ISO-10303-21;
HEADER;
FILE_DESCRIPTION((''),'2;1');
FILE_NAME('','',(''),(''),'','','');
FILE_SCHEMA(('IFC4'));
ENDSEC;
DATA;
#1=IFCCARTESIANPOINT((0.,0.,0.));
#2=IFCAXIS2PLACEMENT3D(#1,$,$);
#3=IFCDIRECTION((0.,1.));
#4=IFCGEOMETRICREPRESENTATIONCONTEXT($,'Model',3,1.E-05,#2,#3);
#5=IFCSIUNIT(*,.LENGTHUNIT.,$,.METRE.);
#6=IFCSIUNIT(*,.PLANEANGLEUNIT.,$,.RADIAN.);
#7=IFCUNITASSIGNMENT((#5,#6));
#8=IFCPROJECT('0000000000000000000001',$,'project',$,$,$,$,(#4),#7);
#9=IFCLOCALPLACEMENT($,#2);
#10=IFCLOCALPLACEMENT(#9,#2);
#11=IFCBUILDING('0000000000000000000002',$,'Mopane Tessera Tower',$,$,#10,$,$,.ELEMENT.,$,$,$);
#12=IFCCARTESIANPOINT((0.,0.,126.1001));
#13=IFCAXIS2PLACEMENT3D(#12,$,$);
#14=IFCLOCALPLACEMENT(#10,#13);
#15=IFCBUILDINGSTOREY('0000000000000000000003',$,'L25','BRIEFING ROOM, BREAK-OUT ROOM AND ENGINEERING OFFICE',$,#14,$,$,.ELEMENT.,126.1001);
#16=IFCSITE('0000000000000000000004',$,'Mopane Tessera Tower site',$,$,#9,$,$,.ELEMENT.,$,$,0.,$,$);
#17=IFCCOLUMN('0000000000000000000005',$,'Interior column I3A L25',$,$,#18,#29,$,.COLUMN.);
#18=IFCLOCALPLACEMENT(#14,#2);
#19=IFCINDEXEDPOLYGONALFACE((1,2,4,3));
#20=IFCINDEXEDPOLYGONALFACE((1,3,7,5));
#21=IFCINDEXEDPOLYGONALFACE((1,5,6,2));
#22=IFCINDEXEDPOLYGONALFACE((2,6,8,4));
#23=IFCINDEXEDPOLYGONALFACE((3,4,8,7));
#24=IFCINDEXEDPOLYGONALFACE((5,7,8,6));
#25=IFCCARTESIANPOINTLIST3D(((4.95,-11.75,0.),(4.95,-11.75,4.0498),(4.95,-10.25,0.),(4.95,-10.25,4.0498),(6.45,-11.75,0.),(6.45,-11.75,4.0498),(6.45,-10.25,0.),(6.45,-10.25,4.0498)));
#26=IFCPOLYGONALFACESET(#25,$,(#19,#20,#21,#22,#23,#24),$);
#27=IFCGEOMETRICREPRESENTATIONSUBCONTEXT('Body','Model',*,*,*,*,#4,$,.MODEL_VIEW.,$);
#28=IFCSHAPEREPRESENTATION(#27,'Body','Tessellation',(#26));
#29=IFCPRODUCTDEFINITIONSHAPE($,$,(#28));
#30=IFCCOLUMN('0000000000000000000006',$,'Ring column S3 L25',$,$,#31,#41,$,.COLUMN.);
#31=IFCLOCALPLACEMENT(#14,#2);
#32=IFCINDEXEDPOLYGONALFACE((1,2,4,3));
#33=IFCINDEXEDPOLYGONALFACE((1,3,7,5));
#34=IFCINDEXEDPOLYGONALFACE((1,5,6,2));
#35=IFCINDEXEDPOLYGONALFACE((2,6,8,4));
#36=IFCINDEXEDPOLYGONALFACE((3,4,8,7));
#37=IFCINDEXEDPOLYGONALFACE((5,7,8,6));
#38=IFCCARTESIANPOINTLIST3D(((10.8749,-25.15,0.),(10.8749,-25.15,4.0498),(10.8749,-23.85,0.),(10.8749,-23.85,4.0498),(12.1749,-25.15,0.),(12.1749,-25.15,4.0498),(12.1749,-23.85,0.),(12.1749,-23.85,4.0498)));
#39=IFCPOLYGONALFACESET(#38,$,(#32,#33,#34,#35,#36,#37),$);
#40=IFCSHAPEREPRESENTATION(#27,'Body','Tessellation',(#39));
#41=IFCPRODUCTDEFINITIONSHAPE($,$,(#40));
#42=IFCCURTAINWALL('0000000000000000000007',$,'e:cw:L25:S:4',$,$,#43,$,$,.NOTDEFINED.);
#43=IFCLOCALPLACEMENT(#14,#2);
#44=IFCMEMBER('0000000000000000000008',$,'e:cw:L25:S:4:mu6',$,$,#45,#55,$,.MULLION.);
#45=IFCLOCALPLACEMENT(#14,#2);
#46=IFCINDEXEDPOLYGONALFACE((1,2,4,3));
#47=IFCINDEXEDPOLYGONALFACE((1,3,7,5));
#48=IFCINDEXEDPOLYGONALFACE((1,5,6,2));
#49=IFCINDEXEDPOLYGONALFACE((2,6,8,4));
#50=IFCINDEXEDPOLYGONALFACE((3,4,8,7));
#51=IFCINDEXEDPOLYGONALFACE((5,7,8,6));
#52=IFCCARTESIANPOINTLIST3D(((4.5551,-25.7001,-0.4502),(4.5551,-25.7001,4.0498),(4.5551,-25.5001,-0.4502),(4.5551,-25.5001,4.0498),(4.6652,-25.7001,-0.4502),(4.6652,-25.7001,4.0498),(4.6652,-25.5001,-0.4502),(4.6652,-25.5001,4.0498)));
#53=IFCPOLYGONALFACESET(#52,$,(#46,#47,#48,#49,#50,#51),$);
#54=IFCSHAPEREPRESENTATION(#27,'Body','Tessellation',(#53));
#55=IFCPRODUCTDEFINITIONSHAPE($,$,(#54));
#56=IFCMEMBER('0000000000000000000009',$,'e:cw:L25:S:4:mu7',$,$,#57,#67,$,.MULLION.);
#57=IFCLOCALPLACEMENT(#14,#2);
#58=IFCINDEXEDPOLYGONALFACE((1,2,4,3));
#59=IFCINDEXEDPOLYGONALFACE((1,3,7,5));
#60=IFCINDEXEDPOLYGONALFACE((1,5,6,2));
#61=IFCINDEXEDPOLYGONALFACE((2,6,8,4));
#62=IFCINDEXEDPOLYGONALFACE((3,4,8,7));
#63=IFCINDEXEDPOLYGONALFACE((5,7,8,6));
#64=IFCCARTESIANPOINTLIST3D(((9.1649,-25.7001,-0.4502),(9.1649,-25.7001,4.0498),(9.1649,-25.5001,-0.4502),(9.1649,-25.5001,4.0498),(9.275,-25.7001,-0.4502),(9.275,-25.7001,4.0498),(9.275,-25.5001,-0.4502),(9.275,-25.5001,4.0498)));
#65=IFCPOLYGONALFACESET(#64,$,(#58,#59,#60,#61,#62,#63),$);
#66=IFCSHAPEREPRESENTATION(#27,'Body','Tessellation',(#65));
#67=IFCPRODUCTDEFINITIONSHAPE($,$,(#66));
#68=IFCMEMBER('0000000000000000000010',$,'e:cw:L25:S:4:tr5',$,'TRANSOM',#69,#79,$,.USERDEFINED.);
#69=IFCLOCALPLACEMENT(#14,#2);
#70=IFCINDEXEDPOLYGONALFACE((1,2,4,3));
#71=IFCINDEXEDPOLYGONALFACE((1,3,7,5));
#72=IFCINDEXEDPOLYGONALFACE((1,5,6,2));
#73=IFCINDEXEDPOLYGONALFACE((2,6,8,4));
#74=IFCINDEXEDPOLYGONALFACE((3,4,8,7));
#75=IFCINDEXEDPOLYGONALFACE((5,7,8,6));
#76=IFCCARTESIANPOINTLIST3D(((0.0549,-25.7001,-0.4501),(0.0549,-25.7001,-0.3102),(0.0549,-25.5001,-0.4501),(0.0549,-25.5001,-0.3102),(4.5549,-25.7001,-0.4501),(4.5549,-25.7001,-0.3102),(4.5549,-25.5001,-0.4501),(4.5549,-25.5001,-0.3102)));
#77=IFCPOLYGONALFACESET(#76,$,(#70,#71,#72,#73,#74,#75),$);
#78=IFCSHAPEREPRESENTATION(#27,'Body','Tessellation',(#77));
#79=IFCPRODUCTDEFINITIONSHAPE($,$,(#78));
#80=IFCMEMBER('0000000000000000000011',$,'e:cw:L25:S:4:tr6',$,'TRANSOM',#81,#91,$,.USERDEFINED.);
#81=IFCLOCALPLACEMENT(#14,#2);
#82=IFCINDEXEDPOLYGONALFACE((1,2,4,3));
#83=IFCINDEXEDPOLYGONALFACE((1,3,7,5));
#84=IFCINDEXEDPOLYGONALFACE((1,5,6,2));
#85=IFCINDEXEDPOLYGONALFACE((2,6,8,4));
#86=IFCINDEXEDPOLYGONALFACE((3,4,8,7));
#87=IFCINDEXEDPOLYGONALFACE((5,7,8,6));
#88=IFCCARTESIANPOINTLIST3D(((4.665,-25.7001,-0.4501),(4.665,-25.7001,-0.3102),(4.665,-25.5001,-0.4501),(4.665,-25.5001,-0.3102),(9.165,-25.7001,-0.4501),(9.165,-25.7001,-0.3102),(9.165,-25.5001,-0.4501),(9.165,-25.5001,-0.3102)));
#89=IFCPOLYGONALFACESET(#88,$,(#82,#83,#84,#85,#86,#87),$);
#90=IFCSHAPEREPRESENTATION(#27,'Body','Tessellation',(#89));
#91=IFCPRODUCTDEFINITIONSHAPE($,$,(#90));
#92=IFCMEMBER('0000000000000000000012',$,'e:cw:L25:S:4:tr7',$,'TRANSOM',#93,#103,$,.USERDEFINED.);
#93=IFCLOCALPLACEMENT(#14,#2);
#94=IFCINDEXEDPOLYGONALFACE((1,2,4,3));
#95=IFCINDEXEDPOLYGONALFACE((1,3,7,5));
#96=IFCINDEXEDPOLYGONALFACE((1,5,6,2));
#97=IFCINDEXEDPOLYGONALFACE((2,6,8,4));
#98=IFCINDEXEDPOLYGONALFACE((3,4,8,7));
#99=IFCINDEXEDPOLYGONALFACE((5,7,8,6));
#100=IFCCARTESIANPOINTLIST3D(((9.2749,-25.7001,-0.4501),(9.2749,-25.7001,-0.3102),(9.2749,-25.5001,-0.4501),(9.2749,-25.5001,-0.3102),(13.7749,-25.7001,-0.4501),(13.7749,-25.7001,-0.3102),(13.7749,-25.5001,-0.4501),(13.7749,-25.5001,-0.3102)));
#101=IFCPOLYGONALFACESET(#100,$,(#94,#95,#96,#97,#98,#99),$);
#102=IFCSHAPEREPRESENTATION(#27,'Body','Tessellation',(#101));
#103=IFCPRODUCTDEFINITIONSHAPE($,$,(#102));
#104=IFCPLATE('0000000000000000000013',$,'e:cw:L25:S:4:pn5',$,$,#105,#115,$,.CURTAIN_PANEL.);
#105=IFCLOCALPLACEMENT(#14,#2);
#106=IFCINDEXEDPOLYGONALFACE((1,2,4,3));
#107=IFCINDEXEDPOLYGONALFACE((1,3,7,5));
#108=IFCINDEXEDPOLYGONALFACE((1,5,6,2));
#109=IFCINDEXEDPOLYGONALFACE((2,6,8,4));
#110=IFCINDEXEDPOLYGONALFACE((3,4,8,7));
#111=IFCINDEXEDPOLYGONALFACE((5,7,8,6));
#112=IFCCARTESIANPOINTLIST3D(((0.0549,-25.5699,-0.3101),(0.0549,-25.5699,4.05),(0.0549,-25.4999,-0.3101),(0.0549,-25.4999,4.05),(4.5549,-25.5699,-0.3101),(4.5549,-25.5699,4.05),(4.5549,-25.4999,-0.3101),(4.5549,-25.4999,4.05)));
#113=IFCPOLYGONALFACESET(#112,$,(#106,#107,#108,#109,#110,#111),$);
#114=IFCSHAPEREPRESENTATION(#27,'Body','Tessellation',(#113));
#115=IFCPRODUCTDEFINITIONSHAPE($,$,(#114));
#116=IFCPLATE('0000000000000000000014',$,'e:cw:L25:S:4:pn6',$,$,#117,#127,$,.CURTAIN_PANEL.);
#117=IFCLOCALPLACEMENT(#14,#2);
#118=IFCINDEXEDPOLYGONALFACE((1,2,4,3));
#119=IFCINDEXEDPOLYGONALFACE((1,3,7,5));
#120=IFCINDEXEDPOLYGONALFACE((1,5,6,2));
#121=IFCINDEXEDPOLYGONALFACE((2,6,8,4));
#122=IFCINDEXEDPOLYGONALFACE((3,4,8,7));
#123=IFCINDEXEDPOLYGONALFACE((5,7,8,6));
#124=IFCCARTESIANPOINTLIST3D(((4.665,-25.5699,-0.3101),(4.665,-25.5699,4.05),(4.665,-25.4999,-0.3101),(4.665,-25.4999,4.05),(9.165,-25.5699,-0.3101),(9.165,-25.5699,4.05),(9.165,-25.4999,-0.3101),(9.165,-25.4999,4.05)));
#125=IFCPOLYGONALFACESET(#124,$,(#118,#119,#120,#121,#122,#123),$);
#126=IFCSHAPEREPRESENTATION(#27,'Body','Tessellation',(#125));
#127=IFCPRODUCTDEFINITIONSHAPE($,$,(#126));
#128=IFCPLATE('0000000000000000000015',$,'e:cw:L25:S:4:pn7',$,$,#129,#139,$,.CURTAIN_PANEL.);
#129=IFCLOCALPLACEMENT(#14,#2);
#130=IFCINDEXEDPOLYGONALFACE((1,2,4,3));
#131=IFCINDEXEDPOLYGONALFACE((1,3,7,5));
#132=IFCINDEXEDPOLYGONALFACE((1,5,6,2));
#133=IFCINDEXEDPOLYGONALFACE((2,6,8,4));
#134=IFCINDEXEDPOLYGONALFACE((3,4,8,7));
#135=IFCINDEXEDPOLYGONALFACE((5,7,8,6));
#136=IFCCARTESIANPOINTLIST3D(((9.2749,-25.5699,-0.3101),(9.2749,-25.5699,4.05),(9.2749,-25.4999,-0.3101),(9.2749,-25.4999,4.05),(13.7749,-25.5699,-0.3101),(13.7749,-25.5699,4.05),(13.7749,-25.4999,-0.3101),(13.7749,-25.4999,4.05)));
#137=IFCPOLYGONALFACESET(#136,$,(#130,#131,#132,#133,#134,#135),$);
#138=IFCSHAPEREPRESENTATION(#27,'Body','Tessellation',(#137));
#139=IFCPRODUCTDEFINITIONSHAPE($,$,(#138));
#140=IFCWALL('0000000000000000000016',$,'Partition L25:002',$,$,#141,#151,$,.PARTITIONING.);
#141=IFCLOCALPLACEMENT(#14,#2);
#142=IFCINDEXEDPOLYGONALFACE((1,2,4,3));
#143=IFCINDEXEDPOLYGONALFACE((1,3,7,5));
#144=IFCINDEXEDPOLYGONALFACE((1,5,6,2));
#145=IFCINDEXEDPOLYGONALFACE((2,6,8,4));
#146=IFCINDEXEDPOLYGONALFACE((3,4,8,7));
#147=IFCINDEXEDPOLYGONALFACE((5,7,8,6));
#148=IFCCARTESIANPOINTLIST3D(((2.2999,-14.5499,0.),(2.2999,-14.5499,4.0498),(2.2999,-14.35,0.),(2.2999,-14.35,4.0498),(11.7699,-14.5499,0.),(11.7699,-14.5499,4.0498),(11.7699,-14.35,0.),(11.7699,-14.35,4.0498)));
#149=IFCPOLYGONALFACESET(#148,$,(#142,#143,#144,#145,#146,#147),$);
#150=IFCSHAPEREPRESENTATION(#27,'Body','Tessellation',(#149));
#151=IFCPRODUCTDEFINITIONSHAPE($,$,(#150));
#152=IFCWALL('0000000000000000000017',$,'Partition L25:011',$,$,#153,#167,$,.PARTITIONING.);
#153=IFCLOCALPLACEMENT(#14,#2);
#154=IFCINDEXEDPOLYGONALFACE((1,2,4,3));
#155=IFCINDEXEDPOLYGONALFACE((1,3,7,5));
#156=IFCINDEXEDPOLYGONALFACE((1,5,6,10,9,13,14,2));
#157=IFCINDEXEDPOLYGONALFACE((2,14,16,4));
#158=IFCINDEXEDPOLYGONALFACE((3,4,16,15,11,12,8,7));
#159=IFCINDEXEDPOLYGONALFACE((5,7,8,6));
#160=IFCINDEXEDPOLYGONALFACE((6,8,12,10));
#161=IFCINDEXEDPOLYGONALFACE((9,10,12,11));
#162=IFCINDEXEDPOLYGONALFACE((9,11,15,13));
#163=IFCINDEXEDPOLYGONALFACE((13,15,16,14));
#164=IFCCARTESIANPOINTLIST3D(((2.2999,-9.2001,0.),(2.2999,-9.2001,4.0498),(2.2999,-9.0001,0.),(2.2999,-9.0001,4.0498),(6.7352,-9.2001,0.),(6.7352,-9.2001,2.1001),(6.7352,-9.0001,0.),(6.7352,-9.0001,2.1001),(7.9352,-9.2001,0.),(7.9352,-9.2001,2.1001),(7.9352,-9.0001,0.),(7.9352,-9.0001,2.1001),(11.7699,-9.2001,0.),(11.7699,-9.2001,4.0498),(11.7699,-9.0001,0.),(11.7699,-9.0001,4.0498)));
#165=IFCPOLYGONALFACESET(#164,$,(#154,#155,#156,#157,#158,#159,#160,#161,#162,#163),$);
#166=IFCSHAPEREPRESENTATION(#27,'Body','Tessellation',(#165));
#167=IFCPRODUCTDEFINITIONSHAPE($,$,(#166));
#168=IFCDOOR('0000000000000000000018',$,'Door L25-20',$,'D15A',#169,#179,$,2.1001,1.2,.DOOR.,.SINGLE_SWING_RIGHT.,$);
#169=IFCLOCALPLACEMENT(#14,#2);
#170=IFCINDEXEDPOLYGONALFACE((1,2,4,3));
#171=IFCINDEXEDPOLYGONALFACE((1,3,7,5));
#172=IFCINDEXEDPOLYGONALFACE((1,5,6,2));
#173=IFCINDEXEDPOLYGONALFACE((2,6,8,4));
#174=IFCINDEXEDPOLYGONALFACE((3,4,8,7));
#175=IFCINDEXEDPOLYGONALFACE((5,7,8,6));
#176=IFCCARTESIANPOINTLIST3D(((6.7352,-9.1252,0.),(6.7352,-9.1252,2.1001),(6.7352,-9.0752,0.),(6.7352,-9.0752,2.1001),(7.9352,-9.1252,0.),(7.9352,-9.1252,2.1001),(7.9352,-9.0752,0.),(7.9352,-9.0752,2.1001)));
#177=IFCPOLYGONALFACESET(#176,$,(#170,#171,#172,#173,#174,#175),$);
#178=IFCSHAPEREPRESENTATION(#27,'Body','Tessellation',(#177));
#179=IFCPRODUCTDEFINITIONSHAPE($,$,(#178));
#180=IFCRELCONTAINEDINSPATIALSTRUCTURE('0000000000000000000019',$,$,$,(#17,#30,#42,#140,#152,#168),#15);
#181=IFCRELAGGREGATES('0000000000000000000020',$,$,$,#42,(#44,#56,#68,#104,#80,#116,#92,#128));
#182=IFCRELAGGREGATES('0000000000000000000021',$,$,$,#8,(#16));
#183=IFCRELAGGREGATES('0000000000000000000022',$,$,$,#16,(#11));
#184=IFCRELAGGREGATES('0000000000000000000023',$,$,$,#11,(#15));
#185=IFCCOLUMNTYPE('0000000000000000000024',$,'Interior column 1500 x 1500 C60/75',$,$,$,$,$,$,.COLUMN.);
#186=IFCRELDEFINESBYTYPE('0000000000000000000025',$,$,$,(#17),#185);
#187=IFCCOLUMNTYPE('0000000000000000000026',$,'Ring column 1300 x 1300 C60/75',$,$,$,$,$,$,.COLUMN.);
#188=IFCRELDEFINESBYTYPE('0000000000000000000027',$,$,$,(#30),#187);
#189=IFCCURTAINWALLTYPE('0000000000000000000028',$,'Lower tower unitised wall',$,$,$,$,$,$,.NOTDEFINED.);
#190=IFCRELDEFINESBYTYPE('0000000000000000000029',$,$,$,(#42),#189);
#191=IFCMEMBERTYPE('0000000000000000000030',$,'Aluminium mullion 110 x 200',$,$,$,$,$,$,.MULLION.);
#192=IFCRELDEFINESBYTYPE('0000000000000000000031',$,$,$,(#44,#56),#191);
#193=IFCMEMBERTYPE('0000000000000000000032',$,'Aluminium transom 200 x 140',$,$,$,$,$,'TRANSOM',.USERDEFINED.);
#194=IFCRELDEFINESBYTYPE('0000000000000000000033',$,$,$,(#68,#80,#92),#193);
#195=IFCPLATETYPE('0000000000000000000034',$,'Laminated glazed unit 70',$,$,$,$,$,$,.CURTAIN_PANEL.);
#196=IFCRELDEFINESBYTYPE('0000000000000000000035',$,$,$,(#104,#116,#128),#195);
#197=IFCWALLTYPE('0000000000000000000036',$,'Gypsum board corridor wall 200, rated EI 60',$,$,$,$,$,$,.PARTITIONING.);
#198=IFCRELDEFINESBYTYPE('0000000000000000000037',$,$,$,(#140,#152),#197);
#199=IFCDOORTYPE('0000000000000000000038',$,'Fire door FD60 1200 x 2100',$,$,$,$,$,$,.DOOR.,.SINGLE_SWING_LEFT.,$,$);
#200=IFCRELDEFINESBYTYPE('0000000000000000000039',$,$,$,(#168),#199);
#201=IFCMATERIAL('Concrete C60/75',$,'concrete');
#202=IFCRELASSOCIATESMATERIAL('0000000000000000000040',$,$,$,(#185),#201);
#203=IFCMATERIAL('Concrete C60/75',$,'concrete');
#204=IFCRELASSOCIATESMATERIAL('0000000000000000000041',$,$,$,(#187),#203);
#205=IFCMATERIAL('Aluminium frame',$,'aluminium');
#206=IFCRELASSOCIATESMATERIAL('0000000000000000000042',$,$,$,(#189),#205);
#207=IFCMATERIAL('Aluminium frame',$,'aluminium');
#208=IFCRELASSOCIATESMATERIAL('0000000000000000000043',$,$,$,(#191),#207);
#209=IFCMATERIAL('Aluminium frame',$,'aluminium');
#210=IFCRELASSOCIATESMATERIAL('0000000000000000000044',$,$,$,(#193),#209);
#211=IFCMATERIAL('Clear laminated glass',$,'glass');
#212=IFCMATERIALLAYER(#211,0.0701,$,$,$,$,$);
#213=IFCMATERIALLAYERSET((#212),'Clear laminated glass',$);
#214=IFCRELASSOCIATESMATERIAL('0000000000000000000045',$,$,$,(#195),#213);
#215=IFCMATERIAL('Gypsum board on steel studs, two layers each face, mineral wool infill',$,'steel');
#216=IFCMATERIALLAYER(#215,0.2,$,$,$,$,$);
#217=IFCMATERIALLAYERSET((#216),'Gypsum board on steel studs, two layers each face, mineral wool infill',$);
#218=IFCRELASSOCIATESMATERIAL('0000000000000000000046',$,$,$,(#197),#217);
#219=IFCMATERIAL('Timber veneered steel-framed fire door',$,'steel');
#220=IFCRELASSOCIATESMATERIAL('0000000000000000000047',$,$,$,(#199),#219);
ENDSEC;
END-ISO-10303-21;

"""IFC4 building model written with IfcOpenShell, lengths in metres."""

from ifc_helpers import new_model, si_unit, direction, frame, frame_2d, origin, origin_2d, place, context, subcontext, project, spatial, rectangle, extrude, material, layer, layer_set, material_profile, profile_set, type_object, element, fill, aggregate, save


model = new_model("IFC4")

# Units and contexts
model_context = context("Model", 3, precision=1e-05, world=origin(), true_north=direction((0.0, 1.0)))
body_context = subcontext(model_context, "Body", "Model", "MODEL_VIEW")
ifc_project = project(units=[si_unit("LENGTHUNIT", "METRE"), si_unit("PLANEANGLEUNIT", "RADIAN")], contexts=[model_context])

# Site, building, storey
site_placement = place(None, origin())
site = spatial("IfcSite", under=ifc_project, at=site_placement, Name="Mopane Tessera Tower site", CompositionType="ELEMENT", RefElevation=0.0)
building_placement = place(site_placement, origin())
building = spatial("IfcBuilding", under=site, at=building_placement, Name="Mopane Tessera Tower", CompositionType="ELEMENT")
storey_placement = place(building_placement, frame((0.0, 0.0, 126.1001)))
storey = spatial("IfcBuildingStorey", under=building, at=storey_placement, Name="L25", Description="BRIEFING ROOM, BREAK-OUT ROOM AND ENGINEERING OFFICE", CompositionType="ELEMENT", Elevation=126.1001)

# Columns
ifc_material_1 = material(Name="Concrete C60/75", Category="concrete")
ifc_material_profile_1 = material_profile(ifc_material_1, rectangle(XDim=1.5, YDim=1.5, at=origin_2d()))
ifc_profile_set_1 = profile_set([ifc_material_profile_1], Name="Concrete C60/75")
column_type_1 = type_object("IfcColumnType", Name="Interior column 1500 x 1500 C60/75", PredefinedType="COLUMN", material=ifc_profile_set_1)
column_1_placement = place(storey_placement, frame((5.7, -11.0, 0.0), z_axis=(0.0, 0.0, 1.0), x_axis=(1.0, 0.0, 0.0)))
element("IfcColumn", 1, at=column_1_placement, inside=storey, type_object=column_type_1, Name="Interior column I3A L25", PredefinedType="COLUMN", context=body_context, shape_type="SweptSolid", body=[
    extrude(rectangle(XDim=1.5, YDim=1.5, at=origin_2d()), origin(), (0.0, 0.0, 1.0), 4.0498),
])
ifc_material_2 = material(Name="Concrete C60/75", Category="concrete")
ifc_material_profile_2 = material_profile(ifc_material_2, rectangle(XDim=1.3, YDim=1.3, at=origin_2d()))
ifc_profile_set_2 = profile_set([ifc_material_profile_2], Name="Concrete C60/75")
column_type_2 = type_object("IfcColumnType", Name="Ring column 1300 x 1300 C60/75", PredefinedType="COLUMN", material=ifc_profile_set_2)
column_2_placement = place(storey_placement, frame((11.5249, -24.5, 0.0), z_axis=(0.0, 0.0, 1.0), x_axis=(1.0, 0.0, 0.0)))
element("IfcColumn", 2, at=column_2_placement, inside=storey, type_object=column_type_2, Name="Ring column S3 L25", PredefinedType="COLUMN", context=body_context, shape_type="SweptSolid", body=[
    extrude(rectangle(XDim=1.3, YDim=1.3, at=origin_2d()), origin(), (0.0, 0.0, 1.0), 4.0498),
])

# Curtain wall, members, plates
ifc_material_3 = material(Name="Aluminium frame", Category="aluminium")
curtain_wall_type = type_object("IfcCurtainWallType", Name="Lower tower unitised wall", PredefinedType="NOTDEFINED", material=ifc_material_3)
curtain_wall_placement = place(storey_placement, origin())
curtain_wall = element("IfcCurtainWall", 3, at=curtain_wall_placement, inside=storey, type_object=curtain_wall_type, Name="e:cw:L25:S:4", PredefinedType="NOTDEFINED")
ifc_material_4 = material(Name="Aluminium frame", Category="aluminium")
ifc_material_profile_3 = material_profile(ifc_material_4, rectangle(XDim=0.1101, YDim=0.2, at=origin_2d()))
ifc_profile_set_3 = profile_set([ifc_material_profile_3], Name="Aluminium frame")
member_type_1 = type_object("IfcMemberType", Name="Aluminium mullion 110 x 200", PredefinedType="MULLION", material=ifc_profile_set_3)
member_1_placement = place(storey_placement, frame((4.6101, -25.6001, -0.4502), z_axis=(0.0, 0.0, 1.0), x_axis=(1.0, 0.0, 0.0)))
member_1 = element("IfcMember", 4, at=member_1_placement, type_object=member_type_1, Name="e:cw:L25:S:4:mu6", PredefinedType="MULLION", context=body_context, shape_type="SweptSolid", body=[
    extrude(rectangle(XDim=0.1101, YDim=0.2, at=origin_2d()), origin(), (0.0, 0.0, 1.0), 4.5),
])
member_2_placement = place(storey_placement, frame((9.22, -25.6001, -0.4502), z_axis=(0.0, 0.0, 1.0), x_axis=(1.0, 0.0, 0.0)))
member_2 = element("IfcMember", 5, at=member_2_placement, type_object=member_type_1, Name="e:cw:L25:S:4:mu7", PredefinedType="MULLION", context=body_context, shape_type="SweptSolid", body=[
    extrude(rectangle(XDim=0.1101, YDim=0.2, at=origin_2d()), origin(), (0.0, 0.0, 1.0), 4.5),
])
ifc_material_5 = material(Name="Aluminium frame", Category="aluminium")
ifc_material_profile_4 = material_profile(ifc_material_5, rectangle(XDim=0.2, YDim=0.1399, at=origin_2d()))
ifc_profile_set_4 = profile_set([ifc_material_profile_4], Name="Aluminium frame")
member_type_2 = type_object("IfcMemberType", Name="Aluminium transom 200 x 140", ElementType="TRANSOM", PredefinedType="USERDEFINED", material=ifc_profile_set_4)
member_3_placement = place(storey_placement, frame((0.0549, -25.6001, -0.3801), z_axis=(1.0, 0.0, 0.0), x_axis=(0.0, 1.0, 0.0)))
member_3 = element("IfcMember", 6, at=member_3_placement, type_object=member_type_2, Name="e:cw:L25:S:4:tr5", ObjectType="TRANSOM", PredefinedType="USERDEFINED", context=body_context, shape_type="SweptSolid", body=[
    extrude(rectangle(XDim=0.2, YDim=0.1399, at=origin_2d()), origin(), (0.0, 0.0, 1.0), 4.5),
])
member_4_placement = place(storey_placement, frame((4.665, -25.6001, -0.3801), z_axis=(1.0, 0.0, 0.0), x_axis=(0.0, 1.0, 0.0)))
member_4 = element("IfcMember", 7, at=member_4_placement, type_object=member_type_2, Name="e:cw:L25:S:4:tr6", ObjectType="TRANSOM", PredefinedType="USERDEFINED", context=body_context, shape_type="SweptSolid", body=[
    extrude(rectangle(XDim=0.2, YDim=0.1399, at=origin_2d()), origin(), (0.0, 0.0, 1.0), 4.5),
])
member_5_placement = place(storey_placement, frame((9.2749, -25.6001, -0.3801), z_axis=(1.0, 0.0, 0.0), x_axis=(0.0, 1.0, 0.0)))
member_5 = element("IfcMember", 8, at=member_5_placement, type_object=member_type_2, Name="e:cw:L25:S:4:tr7", ObjectType="TRANSOM", PredefinedType="USERDEFINED", context=body_context, shape_type="SweptSolid", body=[
    extrude(rectangle(XDim=0.2, YDim=0.1399, at=origin_2d()), origin(), (0.0, 0.0, 1.0), 4.5),
])
ifc_material_6 = material(Name="Clear laminated glass", Category="glass")
ifc_layer_1 = layer(ifc_material_6, 0.0701)
ifc_layer_set_1 = layer_set([ifc_layer_1], Name="Clear laminated glass")
plate_type = type_object("IfcPlateType", Name="Laminated glazed unit 70", PredefinedType="CURTAIN_PANEL", material=ifc_layer_set_1)
plate_1_placement = place(storey_placement, frame((2.3049, -25.5349, -0.3101), z_axis=(0.0, 0.0, 1.0), x_axis=(1.0, 0.0, 0.0)))
plate_1 = element("IfcPlate", 9, at=plate_1_placement, type_object=plate_type, Name="e:cw:L25:S:4:pn5", PredefinedType="CURTAIN_PANEL", context=body_context, shape_type="SweptSolid", body=[
    extrude(rectangle(XDim=4.5, YDim=0.0701, at=origin_2d()), origin(), (0.0, 0.0, 1.0), 4.3601),
])
plate_2_placement = place(storey_placement, frame((6.915, -25.5349, -0.3101), z_axis=(0.0, 0.0, 1.0), x_axis=(1.0, 0.0, 0.0)))
plate_2 = element("IfcPlate", 10, at=plate_2_placement, type_object=plate_type, Name="e:cw:L25:S:4:pn6", PredefinedType="CURTAIN_PANEL", context=body_context, shape_type="SweptSolid", body=[
    extrude(rectangle(XDim=4.5, YDim=0.0701, at=origin_2d()), origin(), (0.0, 0.0, 1.0), 4.3601),
])
plate_3_placement = place(storey_placement, frame((11.5249, -25.5349, -0.3101), z_axis=(0.0, 0.0, 1.0), x_axis=(1.0, 0.0, 0.0)))
plate_3 = element("IfcPlate", 11, at=plate_3_placement, type_object=plate_type, Name="e:cw:L25:S:4:pn7", PredefinedType="CURTAIN_PANEL", context=body_context, shape_type="SweptSolid", body=[
    extrude(rectangle(XDim=4.5, YDim=0.0701, at=origin_2d()), origin(), (0.0, 0.0, 1.0), 4.3601),
])
aggregate(curtain_wall, [member_1, member_2, member_3, plate_1, member_4, plate_2, member_5, plate_3])

# Wall
ifc_material_7 = material(Name="Gypsum board on steel studs, two layers each face, mineral wool infill", Category="steel")
ifc_layer_2 = layer(ifc_material_7, 0.2)
ifc_layer_set_2 = layer_set([ifc_layer_2], Name="Gypsum board on steel studs, two layers each face, mineral wool infill")
wall_type_1 = type_object("IfcWallType", Name="Gypsum board corridor wall 200, rated EI 60", PredefinedType="PARTITIONING", material=ifc_layer_set_2)
wall_1_placement = place(storey_placement, frame((2.3, -14.45, 0.0), z_axis=(0.0, 0.0, 1.0), x_axis=(1.0, 0.0, 0.0)))
element("IfcWall", 12, at=wall_1_placement, inside=storey, type_object=wall_type_1, Name="Partition L25:002", PredefinedType="PARTITIONING", context=body_context, shape_type="SweptSolid", body=[
    extrude(rectangle(XDim=9.47, YDim=0.2, at=frame_2d((4.7349, 0.0))), origin(), (0.0, 0.0, 1.0), 4.0498),
])

# Wall, opening, door
wall_2_placement = place(storey_placement, frame((2.3, -9.1001, 0.0), z_axis=(0.0, 0.0, 1.0), x_axis=(1.0, 0.0, 0.0)))
wall_2 = element("IfcWall", 13, at=wall_2_placement, inside=storey, type_object=wall_type_1, Name="Partition L25:011", PredefinedType="PARTITIONING", context=body_context, shape_type="SweptSolid", body=[
    extrude(rectangle(XDim=9.47, YDim=0.2, at=frame_2d((4.7349, 0.0))), origin(), (0.0, 0.0, 1.0), 4.0498),
])
opening_1_placement = place(wall_2_placement, frame((4.4351, 0.0, 0.0)))
opening_1 = element("IfcOpeningElement", 14, at=opening_1_placement, cuts=wall_2, PredefinedType="OPENING", context=body_context, shape_type="SweptSolid", body=[
    extrude(rectangle(XDim=1.2, YDim=2.1001, at=frame_2d((0.6001, 1.05))), frame((0.0, 0.1121, 0.0), z_axis=(0.0, -1.0, 0.0), x_axis=(1.0, 0.0, 0.0)), (0.0, 0.0, 1.0), 0.2239),
])
ifc_material_8 = material(Name="Timber veneered steel-framed fire door", Category="steel")
door_type_1 = type_object("IfcDoorType", Name="Fire door FD60 1200 x 2100", OperationType="SINGLE_SWING_LEFT", PredefinedType="DOOR", material=ifc_material_8)
door_1_placement = place(opening_1_placement, origin())
door_1 = element("IfcDoor", 15, at=door_1_placement, inside=storey, type_object=door_type_1, Name="Door L25-20", ObjectType="D15A", OperationType="SINGLE_SWING_RIGHT", OverallHeight=2.1001, OverallWidth=1.2, PredefinedType="DOOR", context=body_context, shape_type="SweptSolid", body=[
    extrude(rectangle(XDim=1.2, YDim=2.1001, at=frame_2d((0.6001, 1.05))), frame((0.0, 0.0249, 0.0), z_axis=(0.0, -1.0, 0.0), x_axis=(1.0, 0.0, 0.0)), (0.0, 0.0, 1.0), 0.05),
])
fill(opening_1, door_1)

save(model, "model.ifc")
